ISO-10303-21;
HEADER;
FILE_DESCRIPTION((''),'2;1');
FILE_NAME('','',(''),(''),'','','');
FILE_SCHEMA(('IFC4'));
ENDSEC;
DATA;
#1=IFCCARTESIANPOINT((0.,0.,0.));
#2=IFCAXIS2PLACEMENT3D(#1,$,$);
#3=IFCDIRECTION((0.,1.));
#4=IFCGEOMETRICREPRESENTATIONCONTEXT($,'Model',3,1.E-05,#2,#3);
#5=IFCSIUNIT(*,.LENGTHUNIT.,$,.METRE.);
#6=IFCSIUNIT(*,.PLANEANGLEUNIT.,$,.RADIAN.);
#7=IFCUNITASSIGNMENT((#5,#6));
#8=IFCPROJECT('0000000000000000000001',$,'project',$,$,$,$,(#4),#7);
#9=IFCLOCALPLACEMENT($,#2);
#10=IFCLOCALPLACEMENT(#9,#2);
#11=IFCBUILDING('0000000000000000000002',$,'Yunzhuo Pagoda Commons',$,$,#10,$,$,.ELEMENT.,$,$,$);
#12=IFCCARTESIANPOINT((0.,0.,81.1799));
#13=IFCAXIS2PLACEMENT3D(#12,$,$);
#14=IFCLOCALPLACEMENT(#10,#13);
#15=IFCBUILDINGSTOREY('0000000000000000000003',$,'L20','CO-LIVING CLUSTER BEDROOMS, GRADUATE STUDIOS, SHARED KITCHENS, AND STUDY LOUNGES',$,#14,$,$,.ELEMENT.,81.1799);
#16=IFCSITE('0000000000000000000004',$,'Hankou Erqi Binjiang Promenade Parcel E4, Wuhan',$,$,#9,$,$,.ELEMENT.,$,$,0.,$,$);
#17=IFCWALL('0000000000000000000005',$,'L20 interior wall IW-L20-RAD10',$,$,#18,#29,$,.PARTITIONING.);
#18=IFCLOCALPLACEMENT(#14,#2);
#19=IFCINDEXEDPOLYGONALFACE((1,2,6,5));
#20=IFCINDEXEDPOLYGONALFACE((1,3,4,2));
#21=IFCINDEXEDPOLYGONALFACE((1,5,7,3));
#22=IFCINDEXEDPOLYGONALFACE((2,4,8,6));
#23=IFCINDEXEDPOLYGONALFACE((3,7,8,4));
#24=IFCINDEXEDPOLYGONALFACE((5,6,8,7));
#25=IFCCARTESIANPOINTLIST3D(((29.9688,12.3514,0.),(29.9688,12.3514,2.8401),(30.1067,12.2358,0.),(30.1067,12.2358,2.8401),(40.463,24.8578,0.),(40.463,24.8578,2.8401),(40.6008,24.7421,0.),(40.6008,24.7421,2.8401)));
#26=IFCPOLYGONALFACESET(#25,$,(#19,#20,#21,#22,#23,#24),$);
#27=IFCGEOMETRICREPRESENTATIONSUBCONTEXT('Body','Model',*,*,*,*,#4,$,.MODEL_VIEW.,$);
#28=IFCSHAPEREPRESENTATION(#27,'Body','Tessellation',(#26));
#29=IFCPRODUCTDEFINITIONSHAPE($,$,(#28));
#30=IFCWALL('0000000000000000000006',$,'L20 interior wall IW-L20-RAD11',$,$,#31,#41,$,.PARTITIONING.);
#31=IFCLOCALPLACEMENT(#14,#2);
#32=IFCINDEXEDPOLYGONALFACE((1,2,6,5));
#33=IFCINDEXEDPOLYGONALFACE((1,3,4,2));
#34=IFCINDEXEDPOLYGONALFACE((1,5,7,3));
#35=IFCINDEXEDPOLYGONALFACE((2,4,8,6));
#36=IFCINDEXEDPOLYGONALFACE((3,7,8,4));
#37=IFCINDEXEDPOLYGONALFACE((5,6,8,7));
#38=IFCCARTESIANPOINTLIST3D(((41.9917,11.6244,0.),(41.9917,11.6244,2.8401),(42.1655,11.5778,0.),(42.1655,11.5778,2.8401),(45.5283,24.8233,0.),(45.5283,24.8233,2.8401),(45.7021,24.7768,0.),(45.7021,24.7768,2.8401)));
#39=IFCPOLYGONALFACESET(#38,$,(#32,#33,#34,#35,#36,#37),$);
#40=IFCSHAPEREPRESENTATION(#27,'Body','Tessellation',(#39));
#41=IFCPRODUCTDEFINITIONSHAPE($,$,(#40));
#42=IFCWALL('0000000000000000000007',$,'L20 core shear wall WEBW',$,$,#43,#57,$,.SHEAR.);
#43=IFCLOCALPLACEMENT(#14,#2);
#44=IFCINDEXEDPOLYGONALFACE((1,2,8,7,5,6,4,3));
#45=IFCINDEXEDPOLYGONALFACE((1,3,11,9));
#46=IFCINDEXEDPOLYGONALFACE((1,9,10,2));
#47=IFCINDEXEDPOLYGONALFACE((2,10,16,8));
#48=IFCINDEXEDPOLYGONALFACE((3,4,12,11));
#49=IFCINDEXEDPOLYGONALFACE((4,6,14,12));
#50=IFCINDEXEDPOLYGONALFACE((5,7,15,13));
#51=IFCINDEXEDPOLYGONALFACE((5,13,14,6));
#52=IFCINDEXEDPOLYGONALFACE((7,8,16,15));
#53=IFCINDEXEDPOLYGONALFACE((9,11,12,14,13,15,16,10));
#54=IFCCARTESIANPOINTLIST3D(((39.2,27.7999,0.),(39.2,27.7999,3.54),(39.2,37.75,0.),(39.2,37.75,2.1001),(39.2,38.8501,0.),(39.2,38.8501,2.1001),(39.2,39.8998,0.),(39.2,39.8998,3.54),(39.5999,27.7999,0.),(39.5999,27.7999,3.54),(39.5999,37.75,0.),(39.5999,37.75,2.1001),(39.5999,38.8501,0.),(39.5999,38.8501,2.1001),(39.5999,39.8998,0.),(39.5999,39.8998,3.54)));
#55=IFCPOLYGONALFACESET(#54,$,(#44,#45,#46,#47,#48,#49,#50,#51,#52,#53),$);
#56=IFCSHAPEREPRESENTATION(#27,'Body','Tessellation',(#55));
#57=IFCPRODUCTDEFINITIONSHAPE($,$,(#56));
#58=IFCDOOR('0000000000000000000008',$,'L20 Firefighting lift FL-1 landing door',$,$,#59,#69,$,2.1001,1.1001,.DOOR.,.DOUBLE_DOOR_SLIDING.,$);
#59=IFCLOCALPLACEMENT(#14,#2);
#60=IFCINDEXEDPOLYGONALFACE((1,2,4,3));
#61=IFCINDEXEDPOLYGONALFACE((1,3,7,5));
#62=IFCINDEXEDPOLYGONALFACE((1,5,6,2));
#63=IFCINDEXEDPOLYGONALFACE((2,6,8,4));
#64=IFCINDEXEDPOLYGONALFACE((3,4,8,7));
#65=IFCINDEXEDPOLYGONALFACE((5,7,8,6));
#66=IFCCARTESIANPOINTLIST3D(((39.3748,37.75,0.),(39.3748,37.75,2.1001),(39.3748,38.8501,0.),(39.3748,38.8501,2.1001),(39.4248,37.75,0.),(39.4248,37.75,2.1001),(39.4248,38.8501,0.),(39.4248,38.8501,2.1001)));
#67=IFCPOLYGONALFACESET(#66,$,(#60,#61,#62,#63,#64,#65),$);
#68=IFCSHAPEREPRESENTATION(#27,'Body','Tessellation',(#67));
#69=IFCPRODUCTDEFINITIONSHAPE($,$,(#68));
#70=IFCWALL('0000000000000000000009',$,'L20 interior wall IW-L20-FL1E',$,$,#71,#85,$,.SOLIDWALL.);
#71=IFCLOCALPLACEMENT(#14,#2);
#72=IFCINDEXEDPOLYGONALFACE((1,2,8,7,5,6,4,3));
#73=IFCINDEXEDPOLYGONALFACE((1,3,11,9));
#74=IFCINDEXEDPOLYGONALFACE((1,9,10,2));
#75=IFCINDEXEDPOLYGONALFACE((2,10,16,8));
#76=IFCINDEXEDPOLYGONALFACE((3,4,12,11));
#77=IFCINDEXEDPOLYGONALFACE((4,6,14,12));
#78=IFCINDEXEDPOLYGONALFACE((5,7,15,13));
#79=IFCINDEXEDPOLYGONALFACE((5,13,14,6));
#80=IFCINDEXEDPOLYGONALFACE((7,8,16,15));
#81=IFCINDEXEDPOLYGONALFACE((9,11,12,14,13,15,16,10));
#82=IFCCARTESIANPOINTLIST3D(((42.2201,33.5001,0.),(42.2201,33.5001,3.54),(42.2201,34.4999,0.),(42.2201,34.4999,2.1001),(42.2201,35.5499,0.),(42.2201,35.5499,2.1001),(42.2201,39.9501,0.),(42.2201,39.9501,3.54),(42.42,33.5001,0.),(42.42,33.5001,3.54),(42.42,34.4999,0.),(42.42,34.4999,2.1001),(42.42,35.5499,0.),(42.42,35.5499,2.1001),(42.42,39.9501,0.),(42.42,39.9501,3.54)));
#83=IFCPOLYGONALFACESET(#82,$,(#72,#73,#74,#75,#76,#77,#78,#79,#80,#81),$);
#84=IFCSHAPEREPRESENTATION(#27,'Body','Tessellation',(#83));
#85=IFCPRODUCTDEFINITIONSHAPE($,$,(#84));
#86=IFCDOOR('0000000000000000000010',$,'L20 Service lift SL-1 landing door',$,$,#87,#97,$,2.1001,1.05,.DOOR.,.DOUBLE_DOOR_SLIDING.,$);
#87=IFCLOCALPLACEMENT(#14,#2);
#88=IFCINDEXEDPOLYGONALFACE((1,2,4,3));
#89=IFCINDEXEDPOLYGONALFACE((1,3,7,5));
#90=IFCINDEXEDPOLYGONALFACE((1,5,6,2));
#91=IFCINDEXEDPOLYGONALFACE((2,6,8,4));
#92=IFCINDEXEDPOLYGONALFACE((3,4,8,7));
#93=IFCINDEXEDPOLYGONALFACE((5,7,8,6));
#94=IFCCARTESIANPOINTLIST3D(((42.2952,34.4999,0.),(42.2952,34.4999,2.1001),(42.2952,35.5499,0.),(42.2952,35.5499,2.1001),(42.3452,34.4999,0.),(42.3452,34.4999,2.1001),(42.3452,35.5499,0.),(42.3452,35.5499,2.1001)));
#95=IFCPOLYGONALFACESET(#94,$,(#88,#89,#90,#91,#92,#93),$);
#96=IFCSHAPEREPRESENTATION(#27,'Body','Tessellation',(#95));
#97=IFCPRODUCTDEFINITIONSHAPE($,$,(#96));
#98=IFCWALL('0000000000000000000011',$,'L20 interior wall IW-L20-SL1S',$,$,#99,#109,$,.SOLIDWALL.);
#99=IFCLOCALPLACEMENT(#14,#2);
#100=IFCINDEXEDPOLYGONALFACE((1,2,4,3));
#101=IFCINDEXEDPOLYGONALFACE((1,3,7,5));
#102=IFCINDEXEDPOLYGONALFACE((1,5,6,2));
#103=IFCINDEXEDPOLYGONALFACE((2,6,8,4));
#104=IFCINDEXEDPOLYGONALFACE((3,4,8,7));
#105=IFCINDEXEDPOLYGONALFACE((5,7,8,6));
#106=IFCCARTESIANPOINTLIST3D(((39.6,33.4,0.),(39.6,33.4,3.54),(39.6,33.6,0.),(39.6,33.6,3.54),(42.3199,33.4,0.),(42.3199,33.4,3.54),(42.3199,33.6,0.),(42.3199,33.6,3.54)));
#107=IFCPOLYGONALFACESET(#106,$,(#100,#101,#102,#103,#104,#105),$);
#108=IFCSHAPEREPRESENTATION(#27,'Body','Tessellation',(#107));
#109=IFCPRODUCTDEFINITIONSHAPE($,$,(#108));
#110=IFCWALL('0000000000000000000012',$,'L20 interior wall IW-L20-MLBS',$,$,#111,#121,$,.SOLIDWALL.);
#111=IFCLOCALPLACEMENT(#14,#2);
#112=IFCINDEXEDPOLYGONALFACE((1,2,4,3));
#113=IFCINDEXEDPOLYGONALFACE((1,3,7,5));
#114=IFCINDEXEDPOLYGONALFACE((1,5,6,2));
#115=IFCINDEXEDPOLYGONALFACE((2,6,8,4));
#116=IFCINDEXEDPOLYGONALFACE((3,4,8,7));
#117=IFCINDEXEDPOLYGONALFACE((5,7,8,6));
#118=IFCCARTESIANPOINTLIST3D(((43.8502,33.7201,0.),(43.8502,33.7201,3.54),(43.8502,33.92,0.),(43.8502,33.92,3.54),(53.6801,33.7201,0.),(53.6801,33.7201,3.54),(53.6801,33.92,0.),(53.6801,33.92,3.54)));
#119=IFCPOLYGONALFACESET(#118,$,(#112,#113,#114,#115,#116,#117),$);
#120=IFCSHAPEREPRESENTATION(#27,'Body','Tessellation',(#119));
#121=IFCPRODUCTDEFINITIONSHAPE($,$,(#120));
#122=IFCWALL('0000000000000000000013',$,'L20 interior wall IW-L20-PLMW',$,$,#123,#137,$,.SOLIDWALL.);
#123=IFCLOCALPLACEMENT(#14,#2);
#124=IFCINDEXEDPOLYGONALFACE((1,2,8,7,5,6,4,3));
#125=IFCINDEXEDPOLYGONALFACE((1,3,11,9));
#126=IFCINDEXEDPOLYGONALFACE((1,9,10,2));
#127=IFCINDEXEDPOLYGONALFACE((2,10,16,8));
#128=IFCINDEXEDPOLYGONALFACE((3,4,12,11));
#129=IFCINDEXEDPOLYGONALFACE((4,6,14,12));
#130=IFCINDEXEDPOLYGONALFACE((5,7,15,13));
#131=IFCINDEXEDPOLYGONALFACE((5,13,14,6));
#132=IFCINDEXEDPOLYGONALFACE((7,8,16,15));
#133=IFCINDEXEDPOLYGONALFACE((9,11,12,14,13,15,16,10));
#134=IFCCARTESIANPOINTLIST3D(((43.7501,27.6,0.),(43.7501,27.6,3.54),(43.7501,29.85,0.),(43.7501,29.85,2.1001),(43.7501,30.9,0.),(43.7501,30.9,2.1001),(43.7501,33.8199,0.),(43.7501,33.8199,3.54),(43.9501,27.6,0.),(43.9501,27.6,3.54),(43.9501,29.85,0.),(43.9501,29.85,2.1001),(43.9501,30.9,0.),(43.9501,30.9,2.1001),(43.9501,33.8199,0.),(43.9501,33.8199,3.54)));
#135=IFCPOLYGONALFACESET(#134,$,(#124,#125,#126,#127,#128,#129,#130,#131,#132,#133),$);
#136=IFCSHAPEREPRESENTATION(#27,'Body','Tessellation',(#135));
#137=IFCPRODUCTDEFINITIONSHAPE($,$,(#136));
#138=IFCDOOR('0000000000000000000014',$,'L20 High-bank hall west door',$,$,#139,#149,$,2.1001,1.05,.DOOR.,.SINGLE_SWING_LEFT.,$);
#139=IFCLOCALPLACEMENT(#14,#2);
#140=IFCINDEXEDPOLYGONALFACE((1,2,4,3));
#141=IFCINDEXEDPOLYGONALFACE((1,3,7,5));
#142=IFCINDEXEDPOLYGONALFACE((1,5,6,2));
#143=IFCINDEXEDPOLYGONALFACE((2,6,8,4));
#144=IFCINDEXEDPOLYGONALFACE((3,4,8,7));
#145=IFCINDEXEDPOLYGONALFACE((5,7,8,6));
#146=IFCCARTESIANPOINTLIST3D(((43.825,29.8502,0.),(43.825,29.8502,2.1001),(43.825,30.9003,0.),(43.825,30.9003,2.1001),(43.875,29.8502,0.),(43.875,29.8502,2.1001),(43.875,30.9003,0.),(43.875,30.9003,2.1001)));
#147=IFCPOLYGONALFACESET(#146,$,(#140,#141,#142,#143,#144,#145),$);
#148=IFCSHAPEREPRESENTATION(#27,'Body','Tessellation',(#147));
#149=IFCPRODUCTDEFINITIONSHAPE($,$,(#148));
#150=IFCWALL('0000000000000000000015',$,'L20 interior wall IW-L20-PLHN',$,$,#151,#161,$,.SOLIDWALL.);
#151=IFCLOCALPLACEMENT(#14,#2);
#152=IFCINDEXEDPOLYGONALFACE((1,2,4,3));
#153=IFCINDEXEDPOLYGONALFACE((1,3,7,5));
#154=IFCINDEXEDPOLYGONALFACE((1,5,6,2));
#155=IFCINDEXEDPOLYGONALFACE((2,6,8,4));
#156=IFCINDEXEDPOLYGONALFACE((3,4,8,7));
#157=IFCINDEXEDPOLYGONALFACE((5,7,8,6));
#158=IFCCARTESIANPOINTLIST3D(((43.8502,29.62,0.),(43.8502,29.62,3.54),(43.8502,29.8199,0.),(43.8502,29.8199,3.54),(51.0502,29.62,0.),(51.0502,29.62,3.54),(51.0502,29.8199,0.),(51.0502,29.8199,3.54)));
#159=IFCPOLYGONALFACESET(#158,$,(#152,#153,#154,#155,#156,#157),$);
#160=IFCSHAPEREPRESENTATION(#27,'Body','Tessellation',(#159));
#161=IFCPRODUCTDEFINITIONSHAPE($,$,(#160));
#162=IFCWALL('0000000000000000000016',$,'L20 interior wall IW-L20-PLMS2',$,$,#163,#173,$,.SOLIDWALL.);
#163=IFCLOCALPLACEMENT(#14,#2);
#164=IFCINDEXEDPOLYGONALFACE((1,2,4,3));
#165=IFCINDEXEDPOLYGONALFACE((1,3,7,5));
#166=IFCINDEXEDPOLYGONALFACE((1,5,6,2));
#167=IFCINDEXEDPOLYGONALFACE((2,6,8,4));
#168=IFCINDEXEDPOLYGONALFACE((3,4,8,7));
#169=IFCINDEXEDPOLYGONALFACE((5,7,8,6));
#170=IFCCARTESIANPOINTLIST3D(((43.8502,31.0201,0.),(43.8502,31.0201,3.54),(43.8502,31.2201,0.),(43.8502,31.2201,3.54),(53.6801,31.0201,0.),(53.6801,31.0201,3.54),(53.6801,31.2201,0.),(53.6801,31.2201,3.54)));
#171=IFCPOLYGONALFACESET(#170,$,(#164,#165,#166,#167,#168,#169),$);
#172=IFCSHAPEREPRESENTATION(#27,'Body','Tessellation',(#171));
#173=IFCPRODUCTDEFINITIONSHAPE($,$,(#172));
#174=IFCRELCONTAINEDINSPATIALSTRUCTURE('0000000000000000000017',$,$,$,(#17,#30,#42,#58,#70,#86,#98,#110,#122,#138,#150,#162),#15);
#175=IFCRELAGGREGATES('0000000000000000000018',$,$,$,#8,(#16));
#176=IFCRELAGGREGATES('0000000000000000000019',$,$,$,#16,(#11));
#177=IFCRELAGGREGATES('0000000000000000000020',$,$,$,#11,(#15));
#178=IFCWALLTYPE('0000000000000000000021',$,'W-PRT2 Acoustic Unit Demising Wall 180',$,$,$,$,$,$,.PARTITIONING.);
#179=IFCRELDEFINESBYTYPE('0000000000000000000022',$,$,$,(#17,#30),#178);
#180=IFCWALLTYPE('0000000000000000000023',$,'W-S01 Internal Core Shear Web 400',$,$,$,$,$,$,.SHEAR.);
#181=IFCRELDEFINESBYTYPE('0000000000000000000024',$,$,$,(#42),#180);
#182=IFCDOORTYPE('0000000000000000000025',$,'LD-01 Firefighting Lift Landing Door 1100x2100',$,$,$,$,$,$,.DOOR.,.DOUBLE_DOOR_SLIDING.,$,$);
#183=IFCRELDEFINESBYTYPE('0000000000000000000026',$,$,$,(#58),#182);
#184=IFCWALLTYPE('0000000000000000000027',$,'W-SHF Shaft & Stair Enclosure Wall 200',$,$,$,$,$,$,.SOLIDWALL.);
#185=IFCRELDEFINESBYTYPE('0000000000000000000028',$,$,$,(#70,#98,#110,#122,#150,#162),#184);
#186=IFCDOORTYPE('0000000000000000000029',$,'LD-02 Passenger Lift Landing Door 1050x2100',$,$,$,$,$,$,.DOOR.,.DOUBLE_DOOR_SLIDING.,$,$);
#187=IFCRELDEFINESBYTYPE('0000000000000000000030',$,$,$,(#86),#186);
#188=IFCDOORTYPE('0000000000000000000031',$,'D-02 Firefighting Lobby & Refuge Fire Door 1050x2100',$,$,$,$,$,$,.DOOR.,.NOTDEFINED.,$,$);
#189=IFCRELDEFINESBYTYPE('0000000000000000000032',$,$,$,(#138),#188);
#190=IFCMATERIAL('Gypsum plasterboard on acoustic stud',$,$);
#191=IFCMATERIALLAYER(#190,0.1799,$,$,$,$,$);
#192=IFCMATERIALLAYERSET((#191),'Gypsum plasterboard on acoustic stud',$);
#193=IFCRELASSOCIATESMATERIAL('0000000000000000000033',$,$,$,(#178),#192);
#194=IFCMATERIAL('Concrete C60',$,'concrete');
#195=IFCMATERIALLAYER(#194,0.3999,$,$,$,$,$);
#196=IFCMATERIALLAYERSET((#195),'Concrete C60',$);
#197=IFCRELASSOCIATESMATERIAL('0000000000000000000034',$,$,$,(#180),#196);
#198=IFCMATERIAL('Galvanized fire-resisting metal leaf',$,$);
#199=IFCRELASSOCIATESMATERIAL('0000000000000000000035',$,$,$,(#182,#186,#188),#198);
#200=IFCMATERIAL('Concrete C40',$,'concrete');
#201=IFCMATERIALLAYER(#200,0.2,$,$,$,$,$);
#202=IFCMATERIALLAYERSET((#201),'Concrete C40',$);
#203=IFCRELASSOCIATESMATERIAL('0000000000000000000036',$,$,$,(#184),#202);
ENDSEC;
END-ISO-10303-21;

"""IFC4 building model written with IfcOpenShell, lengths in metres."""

from ifc_helpers import new_model, si_unit, direction, frame, frame_2d, origin, origin_with_axes, place, context, subcontext, project, spatial, rectangle, extrude, source, transform, mapped, material, layer, layer_set, type_object, element, fill, save


model = new_model("IFC4")

# Units and contexts
model_context = context("Model", 3, precision=1e-05, world=origin(), true_north=direction((0.0, 1.0)))
body_context = subcontext(model_context, "Body", "Model", "MODEL_VIEW")
ifc_project = project(units=[si_unit("LENGTHUNIT", "METRE"), si_unit("PLANEANGLEUNIT", "RADIAN")], contexts=[model_context])

# Site, building, storey
site_placement = place(None, origin())
site = spatial("IfcSite", under=ifc_project, at=site_placement, Name="Hankou Erqi Binjiang Promenade Parcel E4, Wuhan", CompositionType="ELEMENT", RefElevation=0.0)
building_placement = place(site_placement, origin())
building = spatial("IfcBuilding", under=site, at=building_placement, Name="Yunzhuo Pagoda Commons", CompositionType="ELEMENT")
storey_placement = place(building_placement, frame((0.0, 0.0, 81.1799)))
storey = spatial("IfcBuildingStorey", under=building, at=storey_placement, Name="L20", Description="CO-LIVING CLUSTER BEDROOMS, GRADUATE STUDIOS, SHARED KITCHENS, AND STUDY LOUNGES", CompositionType="ELEMENT", Elevation=81.1799)

# Shared definitions
ifc_material_1 = material(Name="Concrete C60", Category="concrete")

# Shared definitions
ifc_material_2 = material(Name="Gypsum plasterboard on acoustic stud")
ifc_material_3 = material(Name="Galvanized fire-resisting metal leaf")

# Walls
ifc_layer_1 = layer(ifc_material_2, 0.1799)
ifc_layer_set_1 = layer_set([ifc_layer_1], Name="Gypsum plasterboard on acoustic stud")
wall_type_1 = type_object("IfcWallType", Name="W-PRT2 Acoustic Unit Demising Wall 180", PredefinedType="PARTITIONING", material=ifc_layer_set_1)
wall_1_placement = place(storey_placement, frame((40.532, 24.8, 0.0), z_axis=(0.0, 0.0, 1.0), x_axis=(-0.64279, -0.766042, 0.0)))
element("IfcWall", 1, at=wall_1_placement, inside=storey, type_object=wall_type_1, Name="L20 interior wall IW-L20-RAD10", PredefinedType="PARTITIONING", context=body_context, shape_type="SweptSolid", body=[
    extrude(rectangle(XDim=16.3259, YDim=0.1799, at=frame_2d((8.1631, 0.0))), origin(), (0.0, 0.0, 1.0), 2.8401),
])
wall_2_placement = place(storey_placement, frame((45.6152, 24.8, 0.0), z_axis=(0.0, 0.0, 1.0), x_axis=(-0.258817, -0.965926, 0.0)))
element("IfcWall", 2, at=wall_2_placement, inside=storey, type_object=wall_type_1, Name="L20 interior wall IW-L20-RAD11", PredefinedType="PARTITIONING", context=body_context, shape_type="SweptSolid", body=[
    extrude(rectangle(XDim=13.6646, YDim=0.1799, at=frame_2d((6.8323, 0.0))), origin(), (0.0, 0.0, 1.0), 2.8401),
])

# Walls, openings, doors
ifc_layer_2 = layer(ifc_material_1, 0.3999)
ifc_layer_set_2 = layer_set([ifc_layer_2], Name="Concrete C60")
wall_type_2 = type_object("IfcWallType", Name="W-S01 Internal Core Shear Web 400", PredefinedType="SHEAR", material=ifc_layer_set_2)
wall_3_placement = place(storey_placement, frame((39.3999, 27.8, 0.0), z_axis=(0.0, 0.0, 1.0), x_axis=(0.0, 1.0, 0.0)))
wall_3 = element("IfcWall", 3, at=wall_3_placement, inside=storey, type_object=wall_type_2, Name="L20 core shear wall WEBW", PredefinedType="SHEAR", context=body_context, shape_type="SweptSolid", body=[
    extrude(rectangle(XDim=12.0999, YDim=0.3999, at=frame_2d((6.0498, 0.0))), origin(), (0.0, 0.0, 1.0), 3.54),
])
opening_1_placement = place(wall_3_placement, frame((9.95, 0.0, 0.0)))
opening_1 = element("IfcOpeningElement", 4, at=opening_1_placement, cuts=wall_3, PredefinedType="OPENING", context=body_context, shape_type="SweptSolid", body=[
    extrude(rectangle(XDim=1.1001, YDim=2.1001, at=frame_2d((0.55, 1.05))), frame((0.0, 0.21, 0.0), z_axis=(0.0, -1.0, 0.0), x_axis=(1.0, 0.0, 0.0)), (0.0, 0.0, 1.0), 0.4199),
])
door_type_1 = type_object("IfcDoorType", Name="LD-01 Firefighting Lift Landing Door 1100x2100", OperationType="DOUBLE_DOOR_SLIDING", PredefinedType="DOOR", material=ifc_material_3)
shared_shape_1 = source(origin(), body_context, "Body", "SweptSolid", [
    extrude(rectangle(XDim=1.1001, YDim=2.1001, at=frame_2d((0.55, 1.05))), frame((0.0, 0.0249, 0.0), z_axis=(0.0, -1.0, 0.0), x_axis=(1.0, 0.0, 0.0)), (0.0, 0.0, 1.0), 0.05),
])
door_1_placement = place(opening_1_placement, frame((1.1001, 0.0, 0.0), z_axis=(0.0, 0.0, 1.0), x_axis=(-1.0, 0.0, 0.0)))
door_1 = element("IfcDoor", 5, at=door_1_placement, inside=storey, type_object=door_type_1, Name="L20 Firefighting lift FL-1 landing door", OperationType="DOUBLE_DOOR_SLIDING", OverallHeight=2.1001, OverallWidth=1.1001, PredefinedType="DOOR", context=body_context, shape_type="MappedRepresentation", body=[
    mapped(shared_shape_1, transform((0.0, 0.0, 0.0), scale=1.0)),
])
fill(opening_1, door_1)
ifc_material_4 = material(Name="Concrete C40", Category="concrete")
ifc_layer_3 = layer(ifc_material_4, 0.2)
ifc_layer_set_3 = layer_set([ifc_layer_3], Name="Concrete C40")
wall_type_3 = type_object("IfcWallType", Name="W-SHF Shaft & Stair Enclosure Wall 200", PredefinedType="SOLIDWALL", material=ifc_layer_set_3)
wall_4_placement = place(storey_placement, frame((42.3201, 33.5, 0.0), z_axis=(0.0, 0.0, 1.0), x_axis=(0.0, 1.0, 0.0)))
wall_4 = element("IfcWall", 6, at=wall_4_placement, inside=storey, type_object=wall_type_3, Name="L20 interior wall IW-L20-FL1E", PredefinedType="SOLIDWALL", context=body_context, shape_type="SweptSolid", body=[
    extrude(rectangle(XDim=6.45, YDim=0.2, at=frame_2d((3.2251, 0.0))), origin(), (0.0, 0.0, 1.0), 3.54),
])
opening_2_placement = place(wall_4_placement, frame((1.0, 0.0, 0.0)))
opening_2 = element("IfcOpeningElement", 7, at=opening_2_placement, cuts=wall_4, PredefinedType="OPENING", context=body_context, shape_type="SweptSolid", body=[
    extrude(rectangle(XDim=1.05, YDim=2.1001, at=frame_2d((0.5249, 1.05))), frame((0.0, 0.1099, 0.0), z_axis=(0.0, -1.0, 0.0), x_axis=(1.0, 0.0, 0.0)), (0.0, 0.0, 1.0), 0.22),
])
door_type_2 = type_object("IfcDoorType", Name="LD-02 Passenger Lift Landing Door 1050x2100", OperationType="DOUBLE_DOOR_SLIDING", PredefinedType="DOOR", material=ifc_material_3)
shared_shape_2 = source(origin(), body_context, "Body", "SweptSolid", [
    extrude(rectangle(XDim=1.05, YDim=2.1001, at=frame_2d((0.5249, 1.05))), frame((0.0, 0.0249, 0.0), z_axis=(0.0, -1.0, 0.0), x_axis=(1.0, 0.0, 0.0)), (0.0, 0.0, 1.0), 0.05),
])
door_2_placement = place(opening_2_placement, origin_with_axes())
door_2 = element("IfcDoor", 8, at=door_2_placement, inside=storey, type_object=door_type_2, Name="L20 Service lift SL-1 landing door", OperationType="DOUBLE_DOOR_SLIDING", OverallHeight=2.1001, OverallWidth=1.05, PredefinedType="DOOR", context=body_context, shape_type="MappedRepresentation", body=[
    mapped(shared_shape_2, transform((0.0, 0.0, 0.0), scale=1.0)),
])
fill(opening_2, door_2)

# Walls
wall_5_placement = place(storey_placement, frame((39.6001, 33.5, 0.0), z_axis=(0.0, 0.0, 1.0), x_axis=(1.0, 0.0, 0.0)))
element("IfcWall", 9, at=wall_5_placement, inside=storey, type_object=wall_type_3, Name="L20 interior wall IW-L20-SL1S", PredefinedType="SOLIDWALL", context=body_context, shape_type="SweptSolid", body=[
    extrude(rectangle(XDim=2.72, YDim=0.2, at=frame_2d((1.3599, 0.0))), origin(), (0.0, 0.0, 1.0), 3.54),
])
wall_6_placement = place(storey_placement, frame((43.8501, 33.8201, 0.0), z_axis=(0.0, 0.0, 1.0), x_axis=(1.0, 0.0, 0.0)))
element("IfcWall", 10, at=wall_6_placement, inside=storey, type_object=wall_type_3, Name="L20 interior wall IW-L20-MLBS", PredefinedType="SOLIDWALL", context=body_context, shape_type="SweptSolid", body=[
    extrude(rectangle(XDim=9.8298, YDim=0.2, at=frame_2d((4.915, 0.0))), origin(), (0.0, 0.0, 1.0), 3.54),
])

# Wall, opening, door
wall_7_placement = place(storey_placement, frame((43.8501, 27.6001, 0.0), z_axis=(0.0, 0.0, 1.0), x_axis=(0.0, 1.0, 0.0)))
wall_7 = element("IfcWall", 11, at=wall_7_placement, inside=storey, type_object=wall_type_3, Name="L20 interior wall IW-L20-PLMW", PredefinedType="SOLIDWALL", context=body_context, shape_type="SweptSolid", body=[
    extrude(rectangle(XDim=6.22, YDim=0.2, at=frame_2d((3.1099, 0.0))), origin(), (0.0, 0.0, 1.0), 3.54),
])
opening_3_placement = place(wall_7_placement, frame((2.25, 0.0, 0.0)))
opening_3 = element("IfcOpeningElement", 12, at=opening_3_placement, cuts=wall_7, PredefinedType="OPENING", context=body_context, shape_type="SweptSolid", body=[
    extrude(rectangle(XDim=1.05, YDim=2.1001, at=frame_2d((0.5249, 1.05))), frame((0.0, 0.1099, 0.0), z_axis=(0.0, -1.0, 0.0), x_axis=(1.0, 0.0, 0.0)), (0.0, 0.0, 1.0), 0.22),
])
door_type_3 = type_object("IfcDoorType", Name="D-02 Firefighting Lobby & Refuge Fire Door 1050x2100", OperationType="NOTDEFINED", PredefinedType="DOOR", material=ifc_material_3)
door_3_placement = place(opening_3_placement, frame((1.05, 0.0, 0.0), z_axis=(0.0, 0.0, 1.0), x_axis=(-1.0, 0.0, 0.0)))
door_3 = element("IfcDoor", 13, at=door_3_placement, inside=storey, type_object=door_type_3, Name="L20 High-bank hall west door", OperationType="SINGLE_SWING_LEFT", OverallHeight=2.1001, OverallWidth=1.05, PredefinedType="DOOR", context=body_context, shape_type="MappedRepresentation", body=[
    mapped(shared_shape_2, transform((0.0, 0.0, 0.0), scale=1.0)),
])
fill(opening_3, door_3)

# Walls
wall_8_placement = place(storey_placement, frame((43.8501, 29.72, 0.0), z_axis=(0.0, 0.0, 1.0), x_axis=(1.0, 0.0, 0.0)))
element("IfcWall", 14, at=wall_8_placement, inside=storey, type_object=wall_type_3, Name="L20 interior wall IW-L20-PLHN", PredefinedType="SOLIDWALL", context=body_context, shape_type="SweptSolid", body=[
    extrude(rectangle(XDim=7.2, YDim=0.2, at=frame_2d((3.6001, 0.0))), origin(), (0.0, 0.0, 1.0), 3.54),
])
wall_9_placement = place(storey_placement, frame((43.8501, 31.1201, 0.0), z_axis=(0.0, 0.0, 1.0), x_axis=(1.0, 0.0, 0.0)))
element("IfcWall", 15, at=wall_9_placement, inside=storey, type_object=wall_type_3, Name="L20 interior wall IW-L20-PLMS2", PredefinedType="SOLIDWALL", context=body_context, shape_type="SweptSolid", body=[
    extrude(rectangle(XDim=9.8298, YDim=0.2, at=frame_2d((4.915, 0.0))), origin(), (0.0, 0.0, 1.0), 3.54),
])

save(model, "model.ifc")
